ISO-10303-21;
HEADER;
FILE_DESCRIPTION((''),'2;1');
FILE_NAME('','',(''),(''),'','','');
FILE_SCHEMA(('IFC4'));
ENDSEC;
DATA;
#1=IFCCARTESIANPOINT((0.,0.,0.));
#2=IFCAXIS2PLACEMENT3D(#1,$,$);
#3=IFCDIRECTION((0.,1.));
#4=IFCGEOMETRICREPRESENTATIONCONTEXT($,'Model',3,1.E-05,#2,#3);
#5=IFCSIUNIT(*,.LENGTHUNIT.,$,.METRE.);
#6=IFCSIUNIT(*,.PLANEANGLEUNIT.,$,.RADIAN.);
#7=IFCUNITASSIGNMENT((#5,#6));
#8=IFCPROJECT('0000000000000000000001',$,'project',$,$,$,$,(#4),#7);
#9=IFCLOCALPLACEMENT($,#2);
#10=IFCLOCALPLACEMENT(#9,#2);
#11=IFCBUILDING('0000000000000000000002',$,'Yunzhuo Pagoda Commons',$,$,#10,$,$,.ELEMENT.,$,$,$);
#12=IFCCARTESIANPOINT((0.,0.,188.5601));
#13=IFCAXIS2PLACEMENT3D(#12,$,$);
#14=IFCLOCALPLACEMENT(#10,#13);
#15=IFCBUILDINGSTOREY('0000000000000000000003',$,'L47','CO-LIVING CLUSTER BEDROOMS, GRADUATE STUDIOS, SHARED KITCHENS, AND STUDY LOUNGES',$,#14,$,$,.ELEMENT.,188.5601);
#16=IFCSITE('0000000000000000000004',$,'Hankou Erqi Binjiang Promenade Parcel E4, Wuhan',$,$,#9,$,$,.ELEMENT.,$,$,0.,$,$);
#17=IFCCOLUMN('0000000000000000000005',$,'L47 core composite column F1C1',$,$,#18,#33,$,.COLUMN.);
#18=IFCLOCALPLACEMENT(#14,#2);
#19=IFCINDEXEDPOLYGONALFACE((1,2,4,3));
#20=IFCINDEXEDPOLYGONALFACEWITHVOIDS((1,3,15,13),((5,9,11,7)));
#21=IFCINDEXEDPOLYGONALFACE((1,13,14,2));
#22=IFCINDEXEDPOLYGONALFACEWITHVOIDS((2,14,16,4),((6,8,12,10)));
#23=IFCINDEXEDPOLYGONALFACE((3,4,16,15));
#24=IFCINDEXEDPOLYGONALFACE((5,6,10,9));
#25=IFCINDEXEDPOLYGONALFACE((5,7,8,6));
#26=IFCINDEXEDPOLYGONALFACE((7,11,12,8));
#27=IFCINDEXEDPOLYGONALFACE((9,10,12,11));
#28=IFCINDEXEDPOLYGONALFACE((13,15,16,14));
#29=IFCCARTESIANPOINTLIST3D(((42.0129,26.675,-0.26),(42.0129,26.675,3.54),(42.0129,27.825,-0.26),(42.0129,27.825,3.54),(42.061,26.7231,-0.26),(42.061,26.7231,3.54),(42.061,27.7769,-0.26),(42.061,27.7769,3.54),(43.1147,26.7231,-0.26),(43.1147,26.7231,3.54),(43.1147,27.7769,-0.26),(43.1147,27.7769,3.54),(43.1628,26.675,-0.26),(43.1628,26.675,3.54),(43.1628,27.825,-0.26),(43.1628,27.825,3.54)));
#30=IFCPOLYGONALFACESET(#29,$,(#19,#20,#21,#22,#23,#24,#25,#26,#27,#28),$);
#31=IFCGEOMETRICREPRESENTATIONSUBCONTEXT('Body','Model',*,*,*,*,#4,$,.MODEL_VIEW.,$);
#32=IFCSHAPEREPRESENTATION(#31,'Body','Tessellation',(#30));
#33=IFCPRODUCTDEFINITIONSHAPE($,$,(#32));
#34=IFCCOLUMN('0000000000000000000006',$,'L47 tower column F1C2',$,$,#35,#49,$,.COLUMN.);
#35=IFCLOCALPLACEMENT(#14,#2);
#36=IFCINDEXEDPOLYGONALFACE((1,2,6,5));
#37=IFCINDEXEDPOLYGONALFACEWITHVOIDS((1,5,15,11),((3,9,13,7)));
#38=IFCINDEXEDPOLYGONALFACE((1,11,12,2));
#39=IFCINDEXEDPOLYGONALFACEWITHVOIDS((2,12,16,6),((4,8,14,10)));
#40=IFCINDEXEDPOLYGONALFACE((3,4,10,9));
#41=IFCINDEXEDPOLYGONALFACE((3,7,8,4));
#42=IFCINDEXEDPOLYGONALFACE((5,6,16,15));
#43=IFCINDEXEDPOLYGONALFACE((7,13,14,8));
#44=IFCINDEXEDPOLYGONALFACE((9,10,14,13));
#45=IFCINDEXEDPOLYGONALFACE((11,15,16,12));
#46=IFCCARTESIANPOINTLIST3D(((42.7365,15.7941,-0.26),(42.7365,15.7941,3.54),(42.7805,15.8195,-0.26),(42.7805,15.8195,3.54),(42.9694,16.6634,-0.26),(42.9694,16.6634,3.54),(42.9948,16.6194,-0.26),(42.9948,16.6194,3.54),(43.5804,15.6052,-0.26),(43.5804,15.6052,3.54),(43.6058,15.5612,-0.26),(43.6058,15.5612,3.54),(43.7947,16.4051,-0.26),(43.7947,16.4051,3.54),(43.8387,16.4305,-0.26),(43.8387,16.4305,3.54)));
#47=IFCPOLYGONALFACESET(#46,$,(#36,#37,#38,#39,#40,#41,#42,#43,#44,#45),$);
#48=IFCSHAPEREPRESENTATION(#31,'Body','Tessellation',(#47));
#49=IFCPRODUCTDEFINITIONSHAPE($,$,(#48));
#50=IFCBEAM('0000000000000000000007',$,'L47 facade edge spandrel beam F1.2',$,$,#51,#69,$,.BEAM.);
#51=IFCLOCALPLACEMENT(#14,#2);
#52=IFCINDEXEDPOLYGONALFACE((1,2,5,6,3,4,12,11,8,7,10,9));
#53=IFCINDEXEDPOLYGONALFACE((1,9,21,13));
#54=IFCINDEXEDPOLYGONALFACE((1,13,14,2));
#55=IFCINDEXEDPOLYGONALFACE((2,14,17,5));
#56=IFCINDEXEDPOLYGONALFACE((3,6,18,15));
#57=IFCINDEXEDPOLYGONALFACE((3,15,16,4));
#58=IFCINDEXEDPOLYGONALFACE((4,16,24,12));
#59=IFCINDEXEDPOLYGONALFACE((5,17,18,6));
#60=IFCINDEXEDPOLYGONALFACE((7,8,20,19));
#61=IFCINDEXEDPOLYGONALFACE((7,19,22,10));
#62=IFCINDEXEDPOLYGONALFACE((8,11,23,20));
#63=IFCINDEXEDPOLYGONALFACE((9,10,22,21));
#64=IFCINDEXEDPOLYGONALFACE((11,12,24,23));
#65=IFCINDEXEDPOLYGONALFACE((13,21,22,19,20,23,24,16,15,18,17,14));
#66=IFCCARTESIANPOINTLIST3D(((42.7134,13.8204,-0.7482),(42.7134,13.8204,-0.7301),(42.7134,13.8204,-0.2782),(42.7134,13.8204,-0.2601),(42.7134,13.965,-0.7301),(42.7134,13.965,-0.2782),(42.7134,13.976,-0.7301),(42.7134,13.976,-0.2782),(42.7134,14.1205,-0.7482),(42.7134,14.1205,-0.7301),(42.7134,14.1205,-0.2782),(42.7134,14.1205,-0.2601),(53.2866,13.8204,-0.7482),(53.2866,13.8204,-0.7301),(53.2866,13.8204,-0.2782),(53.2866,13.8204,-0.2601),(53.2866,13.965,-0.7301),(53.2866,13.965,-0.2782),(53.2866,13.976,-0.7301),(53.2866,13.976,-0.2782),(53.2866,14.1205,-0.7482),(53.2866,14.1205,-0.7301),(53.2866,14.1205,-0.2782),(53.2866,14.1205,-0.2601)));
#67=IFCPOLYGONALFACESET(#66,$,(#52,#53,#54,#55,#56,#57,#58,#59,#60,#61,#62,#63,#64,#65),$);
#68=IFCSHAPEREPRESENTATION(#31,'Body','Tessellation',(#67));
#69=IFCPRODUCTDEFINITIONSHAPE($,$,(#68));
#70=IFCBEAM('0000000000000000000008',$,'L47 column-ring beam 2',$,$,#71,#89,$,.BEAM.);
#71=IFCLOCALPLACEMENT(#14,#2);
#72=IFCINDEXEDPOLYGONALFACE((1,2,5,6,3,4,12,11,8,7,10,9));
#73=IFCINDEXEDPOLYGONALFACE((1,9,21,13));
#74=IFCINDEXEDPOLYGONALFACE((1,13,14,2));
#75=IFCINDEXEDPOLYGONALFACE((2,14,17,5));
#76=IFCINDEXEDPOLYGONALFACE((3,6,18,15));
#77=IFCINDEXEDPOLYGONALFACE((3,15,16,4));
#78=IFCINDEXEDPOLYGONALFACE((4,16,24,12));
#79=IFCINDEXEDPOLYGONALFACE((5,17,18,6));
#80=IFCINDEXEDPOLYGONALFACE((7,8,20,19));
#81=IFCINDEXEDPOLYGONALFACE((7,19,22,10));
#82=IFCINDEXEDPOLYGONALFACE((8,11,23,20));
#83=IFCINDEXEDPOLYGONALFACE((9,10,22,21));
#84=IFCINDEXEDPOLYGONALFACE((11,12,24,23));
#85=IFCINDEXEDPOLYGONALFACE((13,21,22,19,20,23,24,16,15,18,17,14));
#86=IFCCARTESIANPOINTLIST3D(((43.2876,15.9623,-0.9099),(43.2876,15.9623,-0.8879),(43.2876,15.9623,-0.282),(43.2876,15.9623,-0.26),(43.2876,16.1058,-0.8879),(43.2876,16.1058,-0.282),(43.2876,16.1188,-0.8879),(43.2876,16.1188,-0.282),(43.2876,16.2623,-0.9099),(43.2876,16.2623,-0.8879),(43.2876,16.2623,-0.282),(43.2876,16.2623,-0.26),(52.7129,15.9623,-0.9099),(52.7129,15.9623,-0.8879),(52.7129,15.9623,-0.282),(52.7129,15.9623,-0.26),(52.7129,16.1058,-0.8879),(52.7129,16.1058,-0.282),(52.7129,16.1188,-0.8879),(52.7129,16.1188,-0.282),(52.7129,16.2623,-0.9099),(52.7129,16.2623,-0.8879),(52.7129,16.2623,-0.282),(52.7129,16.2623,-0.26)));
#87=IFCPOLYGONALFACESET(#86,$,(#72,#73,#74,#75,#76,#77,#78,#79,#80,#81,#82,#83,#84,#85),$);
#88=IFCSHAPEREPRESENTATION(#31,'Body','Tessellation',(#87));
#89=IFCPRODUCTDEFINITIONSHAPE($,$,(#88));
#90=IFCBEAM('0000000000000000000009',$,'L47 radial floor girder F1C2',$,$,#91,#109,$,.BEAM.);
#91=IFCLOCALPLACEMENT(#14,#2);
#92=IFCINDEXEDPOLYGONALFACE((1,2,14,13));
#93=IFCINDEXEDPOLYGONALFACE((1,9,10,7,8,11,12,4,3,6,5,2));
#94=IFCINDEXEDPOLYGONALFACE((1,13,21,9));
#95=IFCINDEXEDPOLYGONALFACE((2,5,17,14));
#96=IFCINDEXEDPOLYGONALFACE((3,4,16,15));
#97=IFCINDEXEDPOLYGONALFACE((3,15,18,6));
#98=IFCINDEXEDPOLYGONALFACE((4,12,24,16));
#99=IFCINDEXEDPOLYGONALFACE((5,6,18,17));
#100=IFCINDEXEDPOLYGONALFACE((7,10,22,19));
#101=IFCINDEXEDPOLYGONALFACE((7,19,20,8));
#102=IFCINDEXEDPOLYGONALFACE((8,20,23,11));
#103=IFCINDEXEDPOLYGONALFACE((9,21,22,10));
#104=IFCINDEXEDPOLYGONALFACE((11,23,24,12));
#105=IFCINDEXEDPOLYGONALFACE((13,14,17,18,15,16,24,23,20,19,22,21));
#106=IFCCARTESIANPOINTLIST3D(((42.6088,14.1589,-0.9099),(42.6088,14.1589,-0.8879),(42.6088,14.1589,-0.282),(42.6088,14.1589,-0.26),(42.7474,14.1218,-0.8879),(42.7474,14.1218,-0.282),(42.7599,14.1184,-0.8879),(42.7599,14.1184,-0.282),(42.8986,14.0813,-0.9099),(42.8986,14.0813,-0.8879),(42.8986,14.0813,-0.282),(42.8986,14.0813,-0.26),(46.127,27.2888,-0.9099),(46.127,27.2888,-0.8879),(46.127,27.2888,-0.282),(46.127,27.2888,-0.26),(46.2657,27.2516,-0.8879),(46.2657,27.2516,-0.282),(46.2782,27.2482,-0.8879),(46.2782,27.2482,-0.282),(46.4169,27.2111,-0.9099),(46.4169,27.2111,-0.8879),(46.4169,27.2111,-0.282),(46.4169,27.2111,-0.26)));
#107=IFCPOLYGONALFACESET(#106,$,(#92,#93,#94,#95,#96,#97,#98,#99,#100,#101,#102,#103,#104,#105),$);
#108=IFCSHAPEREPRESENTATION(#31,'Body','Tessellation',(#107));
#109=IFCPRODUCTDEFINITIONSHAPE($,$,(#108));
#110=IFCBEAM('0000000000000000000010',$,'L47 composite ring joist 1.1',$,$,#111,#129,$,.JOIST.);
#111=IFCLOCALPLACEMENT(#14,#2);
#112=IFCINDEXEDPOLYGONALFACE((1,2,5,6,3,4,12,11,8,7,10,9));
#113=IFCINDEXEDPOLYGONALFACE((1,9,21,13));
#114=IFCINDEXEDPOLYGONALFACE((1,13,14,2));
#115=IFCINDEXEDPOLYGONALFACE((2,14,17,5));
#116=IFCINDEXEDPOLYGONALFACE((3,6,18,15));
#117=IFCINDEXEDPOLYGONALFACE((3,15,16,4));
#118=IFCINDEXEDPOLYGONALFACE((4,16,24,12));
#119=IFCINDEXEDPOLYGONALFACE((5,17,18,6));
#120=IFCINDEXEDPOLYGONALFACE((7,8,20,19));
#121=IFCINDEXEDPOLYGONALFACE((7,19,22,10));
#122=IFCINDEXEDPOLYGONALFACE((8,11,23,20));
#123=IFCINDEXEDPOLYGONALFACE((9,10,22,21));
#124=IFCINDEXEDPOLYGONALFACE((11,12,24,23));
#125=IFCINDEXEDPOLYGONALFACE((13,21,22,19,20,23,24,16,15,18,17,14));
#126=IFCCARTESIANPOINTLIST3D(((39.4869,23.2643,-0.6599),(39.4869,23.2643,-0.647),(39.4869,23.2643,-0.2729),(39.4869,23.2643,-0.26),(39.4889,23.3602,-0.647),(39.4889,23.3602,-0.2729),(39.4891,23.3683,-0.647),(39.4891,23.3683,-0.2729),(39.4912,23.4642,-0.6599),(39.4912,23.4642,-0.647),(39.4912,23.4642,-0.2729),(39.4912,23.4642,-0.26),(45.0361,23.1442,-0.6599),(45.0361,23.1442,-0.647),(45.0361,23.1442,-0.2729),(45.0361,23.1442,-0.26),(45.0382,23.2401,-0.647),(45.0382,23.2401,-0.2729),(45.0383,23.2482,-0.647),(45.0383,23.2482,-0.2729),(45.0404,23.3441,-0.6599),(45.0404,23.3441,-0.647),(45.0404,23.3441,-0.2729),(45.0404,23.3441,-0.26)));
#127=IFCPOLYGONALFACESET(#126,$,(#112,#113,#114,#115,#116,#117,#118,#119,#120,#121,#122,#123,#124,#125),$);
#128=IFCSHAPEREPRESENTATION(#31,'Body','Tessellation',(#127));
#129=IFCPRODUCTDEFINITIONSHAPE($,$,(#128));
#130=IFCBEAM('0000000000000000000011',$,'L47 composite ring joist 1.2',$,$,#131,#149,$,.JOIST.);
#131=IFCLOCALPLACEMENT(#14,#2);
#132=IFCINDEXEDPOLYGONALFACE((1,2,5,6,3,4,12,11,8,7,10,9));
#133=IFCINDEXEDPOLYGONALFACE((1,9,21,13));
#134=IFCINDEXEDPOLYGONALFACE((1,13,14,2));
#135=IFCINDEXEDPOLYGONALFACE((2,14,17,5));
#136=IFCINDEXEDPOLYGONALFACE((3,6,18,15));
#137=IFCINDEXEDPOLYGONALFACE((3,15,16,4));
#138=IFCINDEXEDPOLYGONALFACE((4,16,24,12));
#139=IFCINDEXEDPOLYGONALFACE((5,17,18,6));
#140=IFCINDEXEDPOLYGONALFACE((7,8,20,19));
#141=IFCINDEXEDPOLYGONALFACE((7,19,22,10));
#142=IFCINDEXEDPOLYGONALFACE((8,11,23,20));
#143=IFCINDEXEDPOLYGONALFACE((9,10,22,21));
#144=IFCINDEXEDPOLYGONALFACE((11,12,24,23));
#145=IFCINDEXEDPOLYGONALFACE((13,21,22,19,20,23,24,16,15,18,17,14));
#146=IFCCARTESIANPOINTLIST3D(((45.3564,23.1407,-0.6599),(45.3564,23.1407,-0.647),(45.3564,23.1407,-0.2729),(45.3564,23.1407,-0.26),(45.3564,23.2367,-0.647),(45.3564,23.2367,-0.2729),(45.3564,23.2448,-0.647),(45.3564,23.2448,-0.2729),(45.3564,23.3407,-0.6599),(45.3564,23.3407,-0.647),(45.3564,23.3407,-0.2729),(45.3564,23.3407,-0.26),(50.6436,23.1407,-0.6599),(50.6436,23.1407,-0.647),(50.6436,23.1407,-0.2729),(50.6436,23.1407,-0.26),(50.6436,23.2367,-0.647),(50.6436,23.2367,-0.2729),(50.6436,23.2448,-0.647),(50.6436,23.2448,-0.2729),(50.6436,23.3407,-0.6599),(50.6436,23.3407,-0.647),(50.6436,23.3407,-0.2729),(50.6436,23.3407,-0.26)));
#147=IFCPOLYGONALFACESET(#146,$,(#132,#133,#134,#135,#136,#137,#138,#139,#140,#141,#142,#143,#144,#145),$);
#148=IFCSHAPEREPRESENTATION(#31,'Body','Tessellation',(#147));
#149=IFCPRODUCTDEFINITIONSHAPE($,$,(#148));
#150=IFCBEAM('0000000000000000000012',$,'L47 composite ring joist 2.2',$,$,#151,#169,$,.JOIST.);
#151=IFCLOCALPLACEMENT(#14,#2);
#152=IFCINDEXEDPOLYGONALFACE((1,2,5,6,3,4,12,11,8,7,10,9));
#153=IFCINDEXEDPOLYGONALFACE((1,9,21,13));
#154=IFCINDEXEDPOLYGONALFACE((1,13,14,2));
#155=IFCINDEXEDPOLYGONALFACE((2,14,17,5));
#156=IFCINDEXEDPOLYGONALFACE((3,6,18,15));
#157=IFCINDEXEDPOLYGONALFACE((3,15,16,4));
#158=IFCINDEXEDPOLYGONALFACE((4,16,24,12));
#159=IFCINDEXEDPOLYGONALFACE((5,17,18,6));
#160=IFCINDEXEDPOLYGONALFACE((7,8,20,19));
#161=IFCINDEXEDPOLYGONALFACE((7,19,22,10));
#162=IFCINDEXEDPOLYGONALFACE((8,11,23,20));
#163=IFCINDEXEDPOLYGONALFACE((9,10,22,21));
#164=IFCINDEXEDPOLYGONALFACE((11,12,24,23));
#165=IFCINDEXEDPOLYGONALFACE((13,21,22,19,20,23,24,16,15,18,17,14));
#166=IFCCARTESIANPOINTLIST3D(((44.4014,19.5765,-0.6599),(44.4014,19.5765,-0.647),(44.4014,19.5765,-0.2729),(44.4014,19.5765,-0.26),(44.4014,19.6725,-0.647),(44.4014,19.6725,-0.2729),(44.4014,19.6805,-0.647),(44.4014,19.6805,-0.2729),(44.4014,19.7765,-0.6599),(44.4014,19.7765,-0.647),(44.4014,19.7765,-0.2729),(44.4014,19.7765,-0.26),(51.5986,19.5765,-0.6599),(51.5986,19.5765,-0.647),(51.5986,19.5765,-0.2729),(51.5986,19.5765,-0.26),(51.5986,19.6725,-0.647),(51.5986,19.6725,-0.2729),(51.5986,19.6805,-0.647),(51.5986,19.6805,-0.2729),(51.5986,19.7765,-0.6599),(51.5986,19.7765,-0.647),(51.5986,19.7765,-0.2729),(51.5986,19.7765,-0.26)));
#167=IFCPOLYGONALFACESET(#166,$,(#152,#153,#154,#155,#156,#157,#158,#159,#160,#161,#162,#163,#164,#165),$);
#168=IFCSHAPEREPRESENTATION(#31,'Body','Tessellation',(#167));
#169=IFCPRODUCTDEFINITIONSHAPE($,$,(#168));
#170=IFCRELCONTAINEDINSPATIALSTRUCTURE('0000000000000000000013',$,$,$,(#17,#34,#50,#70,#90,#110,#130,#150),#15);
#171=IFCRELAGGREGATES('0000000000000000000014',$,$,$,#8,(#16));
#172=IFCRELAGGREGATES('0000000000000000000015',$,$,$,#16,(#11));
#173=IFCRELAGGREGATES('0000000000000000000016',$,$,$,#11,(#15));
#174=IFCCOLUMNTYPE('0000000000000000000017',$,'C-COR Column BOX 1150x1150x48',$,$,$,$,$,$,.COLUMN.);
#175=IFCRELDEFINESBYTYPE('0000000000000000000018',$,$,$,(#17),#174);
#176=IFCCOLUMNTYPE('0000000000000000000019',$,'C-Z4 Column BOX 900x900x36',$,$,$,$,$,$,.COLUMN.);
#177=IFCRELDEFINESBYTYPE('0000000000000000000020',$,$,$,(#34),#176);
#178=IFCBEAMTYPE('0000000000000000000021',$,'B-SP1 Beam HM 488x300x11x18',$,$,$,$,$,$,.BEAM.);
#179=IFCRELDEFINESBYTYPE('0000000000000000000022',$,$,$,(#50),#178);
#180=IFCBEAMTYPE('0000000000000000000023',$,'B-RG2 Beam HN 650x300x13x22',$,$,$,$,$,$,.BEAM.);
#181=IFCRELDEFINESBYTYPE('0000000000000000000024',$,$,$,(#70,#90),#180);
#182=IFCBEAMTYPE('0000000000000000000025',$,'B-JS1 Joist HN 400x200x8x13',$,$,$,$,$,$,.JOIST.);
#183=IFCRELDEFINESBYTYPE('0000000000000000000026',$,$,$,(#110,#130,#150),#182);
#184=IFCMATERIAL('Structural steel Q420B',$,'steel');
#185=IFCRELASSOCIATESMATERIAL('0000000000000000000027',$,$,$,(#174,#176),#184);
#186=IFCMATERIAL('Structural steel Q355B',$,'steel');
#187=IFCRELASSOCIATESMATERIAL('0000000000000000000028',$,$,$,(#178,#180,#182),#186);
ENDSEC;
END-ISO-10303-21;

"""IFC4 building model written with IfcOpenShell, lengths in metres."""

from ifc_helpers import new_model, si_unit, direction, frame, origin, origin_2d, place, context, subcontext, project, spatial, hollow_rectangle, i_section, extrude, source, transform, mapped, material, material_profile, profile_set, type_object, element, save


model = new_model("IFC4")

# Units and contexts
model_context = context("Model", 3, precision=1e-05, world=origin(), true_north=direction((0.0, 1.0)))
body_context = subcontext(model_context, "Body", "Model", "MODEL_VIEW")
ifc_project = project(units=[si_unit("LENGTHUNIT", "METRE"), si_unit("PLANEANGLEUNIT", "RADIAN")], contexts=[model_context])

# Site, building, storey
site_placement = place(None, origin())
site = spatial("IfcSite", under=ifc_project, at=site_placement, Name="Hankou Erqi Binjiang Promenade Parcel E4, Wuhan", CompositionType="ELEMENT", RefElevation=0.0)
building_placement = place(site_placement, origin())
building = spatial("IfcBuilding", under=site, at=building_placement, Name="Yunzhuo Pagoda Commons", CompositionType="ELEMENT")
storey_placement = place(building_placement, frame((0.0, 0.0, 188.5601)))
storey = spatial("IfcBuildingStorey", under=building, at=storey_placement, Name="L47", Description="CO-LIVING CLUSTER BEDROOMS, GRADUATE STUDIOS, SHARED KITCHENS, AND STUDY LOUNGES", CompositionType="ELEMENT", Elevation=188.5601)

# Columns
ifc_material_1 = material(Name="Structural steel Q420B", Category="steel")
ifc_material_profile_1 = material_profile(ifc_material_1, hollow_rectangle(XDim=1.1499, YDim=1.1499, WallThickness=0.0481, at=origin_2d()), Name="Structural steel Q420B")
ifc_profile_set_1 = profile_set([ifc_material_profile_1], Name="Structural steel Q420B")
column_type_1 = type_object("IfcColumnType", Name="C-COR Column BOX 1150x1150x48", PredefinedType="COLUMN", material=ifc_profile_set_1)
shared_shape_1 = source(origin(), body_context, "Body", "SweptSolid", [
    extrude(hollow_rectangle(XDim=1.1499, YDim=1.1499, WallThickness=0.0481, at=origin_2d()), origin(), (0.0, 0.0, 1.0), 3.8),
])
column_1_placement = place(storey_placement, frame((42.5879, 27.25, -0.26), z_axis=(0.0, 0.0, 1.0), x_axis=(1.0, 0.0, 0.0)))
element("IfcColumn", 1, at=column_1_placement, inside=storey, type_object=column_type_1, Name="L47 core composite column F1C1", PredefinedType="COLUMN", context=body_context, shape_type="MappedRepresentation", body=[
    mapped(shared_shape_1, transform((0.0, 0.0, 0.0), scale=1.0)),
])
ifc_material_profile_2 = material_profile(ifc_material_1, hollow_rectangle(XDim=0.8999, YDim=0.8999, WallThickness=0.0359, at=origin_2d()), Name="Structural steel Q420B")
ifc_profile_set_2 = profile_set([ifc_material_profile_2], Name="Structural steel Q420B")
column_type_2 = type_object("IfcColumnType", Name="C-Z4 Column BOX 900x900x36", PredefinedType="COLUMN", material=ifc_profile_set_2)
shared_shape_2 = source(origin(), body_context, "Body", "SweptSolid", [
    extrude(hollow_rectangle(XDim=0.8999, YDim=0.8999, WallThickness=0.0359, at=origin_2d()), origin(), (0.0, 0.0, 1.0), 3.8),
])
column_2_placement = place(storey_placement, frame((43.2876, 16.1123, -0.26), z_axis=(0.0, 0.0, 1.0), x_axis=(0.965926, -0.258819, 0.0)))
element("IfcColumn", 2, at=column_2_placement, inside=storey, type_object=column_type_2, Name="L47 tower column F1C2", PredefinedType="COLUMN", context=body_context, shape_type="MappedRepresentation", body=[
    mapped(shared_shape_2, transform((0.0, 0.0, 0.0), scale=1.0)),
])

# Beams
ifc_material_2 = material(Name="Structural steel Q355B", Category="steel")
ifc_material_profile_3 = material_profile(ifc_material_2, i_section(OverallWidth=0.3, OverallDepth=0.488, WebThickness=0.011, FlangeThickness=0.0181, at=origin_2d()), Name="Structural steel Q355B")
ifc_profile_set_3 = profile_set([ifc_material_profile_3], Name="Structural steel Q355B")
beam_type_1 = type_object("IfcBeamType", Name="B-SP1 Beam HM 488x300x11x18", PredefinedType="BEAM", material=ifc_profile_set_3)
shared_shape_3 = source(origin(), body_context, "Body", "SweptSolid", [
    extrude(i_section(OverallWidth=0.3, OverallDepth=0.488, WebThickness=0.011, FlangeThickness=0.0181, at=origin_2d()), origin(), (0.0, 0.0, 1.0), 10.5732),
])
beam_1_placement = place(storey_placement, frame((42.7134, 13.9705, -0.5042), z_axis=(1.0, 0.0, 0.0), x_axis=(0.0, 1.0, 0.0)))
element("IfcBeam", 3, at=beam_1_placement, inside=storey, type_object=beam_type_1, Name="L47 facade edge spandrel beam F1.2", PredefinedType="BEAM", context=body_context, shape_type="MappedRepresentation", body=[
    mapped(shared_shape_3, transform((0.0, 0.0, 0.0), scale=1.0)),
])
ifc_material_profile_4 = material_profile(ifc_material_2, i_section(OverallWidth=0.3, OverallDepth=0.6499, WebThickness=0.0129, FlangeThickness=0.022, at=origin_2d()), Name="Structural steel Q355B")
ifc_profile_set_4 = profile_set([ifc_material_profile_4], Name="Structural steel Q355B")
beam_type_2 = type_object("IfcBeamType", Name="B-RG2 Beam HN 650x300x13x22", PredefinedType="BEAM", material=ifc_profile_set_4)
shared_shape_4 = source(origin(), body_context, "Body", "SweptSolid", [
    extrude(i_section(OverallWidth=0.3, OverallDepth=0.6499, WebThickness=0.0129, FlangeThickness=0.022, at=origin_2d()), origin(), (0.0, 0.0, 1.0), 9.4253),
])
beam_2_placement = place(storey_placement, frame((43.2876, 16.1123, -0.585), z_axis=(1.0, 0.0, 0.0), x_axis=(0.0, 1.0, 0.0)))
element("IfcBeam", 4, at=beam_2_placement, inside=storey, type_object=beam_type_2, Name="L47 column-ring beam 2", PredefinedType="BEAM", context=body_context, shape_type="MappedRepresentation", body=[
    mapped(shared_shape_4, transform((0.0, 0.0, 0.0), scale=1.0)),
])
shared_shape_5 = source(origin(), body_context, "Body", "SweptSolid", [
    extrude(i_section(OverallWidth=0.3, OverallDepth=0.6499, WebThickness=0.0129, FlangeThickness=0.022, at=origin_2d()), origin(), (0.0, 0.0, 1.0), 13.593),
])
beam_3_placement = place(storey_placement, frame((42.7537, 14.1201, -0.585), z_axis=(0.258831, 0.965923, 0.0), x_axis=(-0.965923, 0.258831, 0.0)))
element("IfcBeam", 5, at=beam_3_placement, inside=storey, type_object=beam_type_2, Name="L47 radial floor girder F1C2", PredefinedType="BEAM", context=body_context, shape_type="MappedRepresentation", body=[
    mapped(shared_shape_5, transform((0.0, 0.0, 0.0), scale=1.0)),
])
ifc_material_profile_5 = material_profile(ifc_material_2, i_section(OverallWidth=0.2, OverallDepth=0.3999, WebThickness=0.0081, FlangeThickness=0.0129, at=origin_2d()), Name="Structural steel Q355B")
ifc_profile_set_5 = profile_set([ifc_material_profile_5], Name="Structural steel Q355B")
beam_type_3 = type_object("IfcBeamType", Name="B-JS1 Joist HN 400x200x8x13", PredefinedType="JOIST", material=ifc_profile_set_5)
shared_shape_6 = source(origin(), body_context, "Body", "SweptSolid", [
    extrude(i_section(OverallWidth=0.2, OverallDepth=0.3999, WebThickness=0.0081, FlangeThickness=0.0129, at=origin_2d()), origin(), (0.0, 0.0, 1.0), 5.5505),
])
beam_4_placement = place(storey_placement, frame((39.489, 23.3643, -0.46), z_axis=(0.999766, -0.02164, 0.0), x_axis=(0.02164, 0.999766, 0.0)))
element("IfcBeam", 6, at=beam_4_placement, inside=storey, type_object=beam_type_3, Name="L47 composite ring joist 1.1", PredefinedType="JOIST", context=body_context, shape_type="MappedRepresentation", body=[
    mapped(shared_shape_6, transform((0.0, 0.0, 0.0), scale=1.0)),
])
shared_shape_7 = source(origin(), body_context, "Body", "SweptSolid", [
    extrude(i_section(OverallWidth=0.2, OverallDepth=0.3999, WebThickness=0.0081, FlangeThickness=0.0129, at=origin_2d()), origin(), (0.0, 0.0, 1.0), 5.2871),
])
beam_5_placement = place(storey_placement, frame((45.3564, 23.2407, -0.46), z_axis=(1.0, 0.0, 0.0), x_axis=(0.0, 1.0, 0.0)))
element("IfcBeam", 7, at=beam_5_placement, inside=storey, type_object=beam_type_3, Name="L47 composite ring joist 1.2", PredefinedType="JOIST", context=body_context, shape_type="MappedRepresentation", body=[
    mapped(shared_shape_7, transform((0.0, 0.0, 0.0), scale=1.0)),
])
shared_shape_8 = source(origin(), body_context, "Body", "SweptSolid", [
    extrude(i_section(OverallWidth=0.2, OverallDepth=0.3999, WebThickness=0.0081, FlangeThickness=0.0129, at=origin_2d()), origin(), (0.0, 0.0, 1.0), 7.1973),
])
beam_6_placement = place(storey_placement, frame((44.4014, 19.6765, -0.46), z_axis=(1.0, 0.0, 0.0), x_axis=(0.0, 1.0, 0.0)))
element("IfcBeam", 8, at=beam_6_placement, inside=storey, type_object=beam_type_3, Name="L47 composite ring joist 2.2", PredefinedType="JOIST", context=body_context, shape_type="MappedRepresentation", body=[
    mapped(shared_shape_8, transform((0.0, 0.0, 0.0), scale=1.0)),
])

save(model, "model.ifc")
